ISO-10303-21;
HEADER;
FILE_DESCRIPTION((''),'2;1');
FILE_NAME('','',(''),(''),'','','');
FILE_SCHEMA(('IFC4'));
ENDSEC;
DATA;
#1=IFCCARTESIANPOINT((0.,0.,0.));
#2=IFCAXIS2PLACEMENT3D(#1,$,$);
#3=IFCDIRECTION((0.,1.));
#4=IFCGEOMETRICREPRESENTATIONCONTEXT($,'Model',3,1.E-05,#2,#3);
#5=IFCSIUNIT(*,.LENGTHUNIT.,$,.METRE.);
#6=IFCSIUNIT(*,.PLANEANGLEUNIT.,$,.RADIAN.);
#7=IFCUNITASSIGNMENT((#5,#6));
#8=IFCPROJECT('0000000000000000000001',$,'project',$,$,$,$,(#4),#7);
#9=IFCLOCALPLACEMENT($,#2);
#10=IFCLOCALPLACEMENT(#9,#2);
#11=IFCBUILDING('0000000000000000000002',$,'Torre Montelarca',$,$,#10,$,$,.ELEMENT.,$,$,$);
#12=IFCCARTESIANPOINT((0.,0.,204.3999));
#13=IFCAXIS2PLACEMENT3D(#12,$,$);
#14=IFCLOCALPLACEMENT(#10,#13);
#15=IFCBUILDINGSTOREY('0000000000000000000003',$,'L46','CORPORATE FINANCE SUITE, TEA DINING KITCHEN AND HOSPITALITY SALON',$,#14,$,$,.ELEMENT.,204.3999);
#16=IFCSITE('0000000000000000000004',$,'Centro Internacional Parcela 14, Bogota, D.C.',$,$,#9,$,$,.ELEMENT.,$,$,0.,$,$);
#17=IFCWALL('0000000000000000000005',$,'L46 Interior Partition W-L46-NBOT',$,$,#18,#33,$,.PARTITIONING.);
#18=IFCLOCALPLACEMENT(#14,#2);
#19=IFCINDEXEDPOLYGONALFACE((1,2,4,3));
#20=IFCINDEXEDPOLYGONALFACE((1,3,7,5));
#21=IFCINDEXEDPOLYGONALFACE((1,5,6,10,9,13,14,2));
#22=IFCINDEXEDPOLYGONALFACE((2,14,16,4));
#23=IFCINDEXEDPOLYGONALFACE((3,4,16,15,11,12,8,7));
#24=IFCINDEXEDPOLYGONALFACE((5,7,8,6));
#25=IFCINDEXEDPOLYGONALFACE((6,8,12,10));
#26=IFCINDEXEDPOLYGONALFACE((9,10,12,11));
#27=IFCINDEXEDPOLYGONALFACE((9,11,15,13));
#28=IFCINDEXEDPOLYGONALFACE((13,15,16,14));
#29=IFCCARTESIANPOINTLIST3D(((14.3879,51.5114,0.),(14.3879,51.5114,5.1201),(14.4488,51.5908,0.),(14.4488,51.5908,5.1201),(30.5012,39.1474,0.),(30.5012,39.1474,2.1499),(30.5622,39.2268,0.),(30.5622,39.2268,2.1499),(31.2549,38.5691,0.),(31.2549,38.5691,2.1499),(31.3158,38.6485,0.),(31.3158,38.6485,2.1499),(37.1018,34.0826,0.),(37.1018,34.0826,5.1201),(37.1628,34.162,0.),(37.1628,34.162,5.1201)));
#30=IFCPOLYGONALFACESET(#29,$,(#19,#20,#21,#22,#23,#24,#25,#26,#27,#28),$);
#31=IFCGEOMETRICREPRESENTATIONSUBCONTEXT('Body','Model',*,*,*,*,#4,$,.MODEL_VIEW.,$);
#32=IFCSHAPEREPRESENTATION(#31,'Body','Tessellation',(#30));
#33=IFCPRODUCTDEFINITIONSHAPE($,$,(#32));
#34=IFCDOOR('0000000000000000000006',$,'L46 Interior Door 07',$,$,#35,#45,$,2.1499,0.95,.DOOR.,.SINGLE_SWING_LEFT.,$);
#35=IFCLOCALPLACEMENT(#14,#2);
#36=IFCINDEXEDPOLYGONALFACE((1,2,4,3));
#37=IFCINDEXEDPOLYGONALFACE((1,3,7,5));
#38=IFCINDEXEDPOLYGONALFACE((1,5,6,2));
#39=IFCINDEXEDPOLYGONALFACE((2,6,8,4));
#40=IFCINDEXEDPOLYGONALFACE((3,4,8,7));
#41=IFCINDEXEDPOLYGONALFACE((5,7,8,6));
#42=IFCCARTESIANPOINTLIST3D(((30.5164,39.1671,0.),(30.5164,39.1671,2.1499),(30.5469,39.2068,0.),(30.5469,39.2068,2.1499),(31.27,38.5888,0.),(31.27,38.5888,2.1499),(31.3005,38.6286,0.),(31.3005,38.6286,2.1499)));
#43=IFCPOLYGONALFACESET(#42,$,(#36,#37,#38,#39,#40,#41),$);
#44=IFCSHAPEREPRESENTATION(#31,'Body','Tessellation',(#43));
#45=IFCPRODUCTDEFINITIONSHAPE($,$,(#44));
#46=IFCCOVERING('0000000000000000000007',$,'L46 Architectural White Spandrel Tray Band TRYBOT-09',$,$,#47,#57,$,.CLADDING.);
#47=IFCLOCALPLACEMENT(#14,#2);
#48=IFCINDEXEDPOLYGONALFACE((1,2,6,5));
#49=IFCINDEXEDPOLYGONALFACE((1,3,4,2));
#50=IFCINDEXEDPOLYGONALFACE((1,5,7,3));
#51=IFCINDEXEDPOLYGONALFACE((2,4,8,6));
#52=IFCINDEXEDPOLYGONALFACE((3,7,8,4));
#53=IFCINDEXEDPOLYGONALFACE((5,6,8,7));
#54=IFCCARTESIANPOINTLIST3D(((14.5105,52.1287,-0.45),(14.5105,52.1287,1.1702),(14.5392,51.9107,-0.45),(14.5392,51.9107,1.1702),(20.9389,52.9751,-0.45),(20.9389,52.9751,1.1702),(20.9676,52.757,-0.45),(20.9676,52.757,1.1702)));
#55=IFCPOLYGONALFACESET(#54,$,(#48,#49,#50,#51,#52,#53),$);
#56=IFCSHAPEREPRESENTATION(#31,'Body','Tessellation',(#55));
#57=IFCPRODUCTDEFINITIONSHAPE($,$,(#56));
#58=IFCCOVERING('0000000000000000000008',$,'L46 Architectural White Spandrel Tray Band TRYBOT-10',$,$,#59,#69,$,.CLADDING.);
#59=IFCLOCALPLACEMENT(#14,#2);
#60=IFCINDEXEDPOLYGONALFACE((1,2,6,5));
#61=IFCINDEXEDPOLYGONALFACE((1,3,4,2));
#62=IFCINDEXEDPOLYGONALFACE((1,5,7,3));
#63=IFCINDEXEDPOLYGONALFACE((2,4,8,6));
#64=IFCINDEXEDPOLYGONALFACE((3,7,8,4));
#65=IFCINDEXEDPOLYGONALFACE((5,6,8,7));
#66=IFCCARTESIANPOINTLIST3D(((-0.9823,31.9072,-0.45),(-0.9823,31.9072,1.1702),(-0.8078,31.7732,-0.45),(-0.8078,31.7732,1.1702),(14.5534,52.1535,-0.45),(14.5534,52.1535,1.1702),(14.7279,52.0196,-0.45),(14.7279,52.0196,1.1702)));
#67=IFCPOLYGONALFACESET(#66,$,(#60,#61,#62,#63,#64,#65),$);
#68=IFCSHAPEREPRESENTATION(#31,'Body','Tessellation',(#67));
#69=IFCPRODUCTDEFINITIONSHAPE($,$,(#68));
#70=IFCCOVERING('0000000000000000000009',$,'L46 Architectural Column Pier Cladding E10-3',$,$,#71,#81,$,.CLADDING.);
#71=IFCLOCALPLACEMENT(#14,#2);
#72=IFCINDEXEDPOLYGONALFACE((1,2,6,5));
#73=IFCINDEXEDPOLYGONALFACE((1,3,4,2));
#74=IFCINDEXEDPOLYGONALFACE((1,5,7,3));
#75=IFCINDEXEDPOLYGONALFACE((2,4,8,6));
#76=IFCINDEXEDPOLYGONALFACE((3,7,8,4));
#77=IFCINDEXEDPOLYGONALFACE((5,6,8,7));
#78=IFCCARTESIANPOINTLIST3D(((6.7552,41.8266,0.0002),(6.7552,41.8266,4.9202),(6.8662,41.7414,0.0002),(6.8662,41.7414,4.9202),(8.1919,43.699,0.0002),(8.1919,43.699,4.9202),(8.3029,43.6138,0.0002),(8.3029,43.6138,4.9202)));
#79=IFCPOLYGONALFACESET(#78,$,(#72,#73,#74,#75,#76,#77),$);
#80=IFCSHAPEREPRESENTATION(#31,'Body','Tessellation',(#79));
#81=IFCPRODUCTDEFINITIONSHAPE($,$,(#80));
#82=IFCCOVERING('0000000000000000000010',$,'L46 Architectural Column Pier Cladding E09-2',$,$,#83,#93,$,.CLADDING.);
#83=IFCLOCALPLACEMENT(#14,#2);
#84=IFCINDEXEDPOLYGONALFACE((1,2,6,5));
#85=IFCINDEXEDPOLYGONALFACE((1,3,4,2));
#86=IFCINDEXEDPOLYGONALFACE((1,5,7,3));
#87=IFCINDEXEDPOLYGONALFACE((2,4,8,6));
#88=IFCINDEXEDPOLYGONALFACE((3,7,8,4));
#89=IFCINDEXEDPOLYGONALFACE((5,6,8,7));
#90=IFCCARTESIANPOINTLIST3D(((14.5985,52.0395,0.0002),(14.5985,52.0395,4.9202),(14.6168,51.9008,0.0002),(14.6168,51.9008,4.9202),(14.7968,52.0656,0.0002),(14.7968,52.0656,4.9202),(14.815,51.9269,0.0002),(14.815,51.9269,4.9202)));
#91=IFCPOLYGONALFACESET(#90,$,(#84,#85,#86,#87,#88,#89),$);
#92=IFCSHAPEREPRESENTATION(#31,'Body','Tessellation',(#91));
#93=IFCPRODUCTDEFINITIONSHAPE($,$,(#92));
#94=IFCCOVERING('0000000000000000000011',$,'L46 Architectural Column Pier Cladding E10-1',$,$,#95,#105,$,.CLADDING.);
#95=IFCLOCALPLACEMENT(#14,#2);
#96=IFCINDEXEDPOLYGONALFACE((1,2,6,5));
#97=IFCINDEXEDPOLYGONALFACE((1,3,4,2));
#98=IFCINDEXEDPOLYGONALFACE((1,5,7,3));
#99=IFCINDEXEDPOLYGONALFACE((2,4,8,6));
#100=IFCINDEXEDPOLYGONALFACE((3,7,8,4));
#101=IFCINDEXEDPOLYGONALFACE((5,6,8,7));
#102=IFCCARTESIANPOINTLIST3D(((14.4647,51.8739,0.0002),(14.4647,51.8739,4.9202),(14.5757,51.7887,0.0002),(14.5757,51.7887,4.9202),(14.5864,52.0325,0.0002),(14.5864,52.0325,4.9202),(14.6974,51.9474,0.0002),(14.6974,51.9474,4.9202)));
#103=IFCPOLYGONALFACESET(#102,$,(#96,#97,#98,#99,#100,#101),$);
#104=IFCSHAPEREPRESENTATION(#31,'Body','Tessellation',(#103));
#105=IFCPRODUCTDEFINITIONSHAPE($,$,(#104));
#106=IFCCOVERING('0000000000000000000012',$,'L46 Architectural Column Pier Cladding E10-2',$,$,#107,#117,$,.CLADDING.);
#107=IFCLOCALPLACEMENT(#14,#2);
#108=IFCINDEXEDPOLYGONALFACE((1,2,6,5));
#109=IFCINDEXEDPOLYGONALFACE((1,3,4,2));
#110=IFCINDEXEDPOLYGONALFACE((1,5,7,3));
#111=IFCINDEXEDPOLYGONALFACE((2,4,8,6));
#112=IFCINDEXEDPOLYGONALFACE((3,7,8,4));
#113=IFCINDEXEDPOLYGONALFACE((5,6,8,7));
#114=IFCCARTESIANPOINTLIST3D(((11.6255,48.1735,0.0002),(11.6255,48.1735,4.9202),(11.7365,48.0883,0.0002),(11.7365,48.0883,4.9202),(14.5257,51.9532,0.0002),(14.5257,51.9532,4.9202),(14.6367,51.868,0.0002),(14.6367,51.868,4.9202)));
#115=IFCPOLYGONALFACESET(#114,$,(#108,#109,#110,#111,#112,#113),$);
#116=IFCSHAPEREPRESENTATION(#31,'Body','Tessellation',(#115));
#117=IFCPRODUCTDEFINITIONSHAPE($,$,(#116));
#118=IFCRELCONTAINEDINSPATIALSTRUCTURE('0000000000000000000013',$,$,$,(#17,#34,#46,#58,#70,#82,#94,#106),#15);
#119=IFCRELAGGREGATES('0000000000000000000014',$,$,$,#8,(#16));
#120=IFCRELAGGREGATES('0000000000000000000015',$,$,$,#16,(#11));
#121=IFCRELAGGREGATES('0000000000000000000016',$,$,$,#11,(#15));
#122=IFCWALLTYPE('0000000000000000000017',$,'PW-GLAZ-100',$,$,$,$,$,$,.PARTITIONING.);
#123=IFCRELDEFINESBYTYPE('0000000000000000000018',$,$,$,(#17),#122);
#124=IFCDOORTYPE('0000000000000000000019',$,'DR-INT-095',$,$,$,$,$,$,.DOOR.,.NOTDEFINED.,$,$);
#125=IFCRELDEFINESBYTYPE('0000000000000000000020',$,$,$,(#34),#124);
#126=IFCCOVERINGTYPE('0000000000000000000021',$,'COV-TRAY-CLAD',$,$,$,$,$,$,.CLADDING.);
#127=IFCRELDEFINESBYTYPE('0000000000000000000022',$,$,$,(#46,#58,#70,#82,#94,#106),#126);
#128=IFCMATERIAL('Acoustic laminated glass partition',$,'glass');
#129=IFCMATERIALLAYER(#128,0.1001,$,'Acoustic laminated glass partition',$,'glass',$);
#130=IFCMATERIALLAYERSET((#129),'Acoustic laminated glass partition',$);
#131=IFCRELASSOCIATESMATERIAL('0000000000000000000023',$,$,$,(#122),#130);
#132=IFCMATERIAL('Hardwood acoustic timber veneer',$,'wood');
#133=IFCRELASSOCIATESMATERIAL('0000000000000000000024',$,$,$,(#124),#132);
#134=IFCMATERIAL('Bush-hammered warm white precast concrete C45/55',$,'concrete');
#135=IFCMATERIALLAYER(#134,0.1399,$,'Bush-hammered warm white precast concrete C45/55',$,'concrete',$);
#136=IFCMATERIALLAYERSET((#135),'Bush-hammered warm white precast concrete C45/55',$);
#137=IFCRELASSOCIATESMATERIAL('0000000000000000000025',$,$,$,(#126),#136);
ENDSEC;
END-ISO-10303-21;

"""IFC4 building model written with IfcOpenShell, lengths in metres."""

from ifc_helpers import new_model, si_unit, direction, frame, frame_2d, origin, origin_2d, place, context, subcontext, project, spatial, rectangle, extrude, source, transform, mapped, material, layer, layer_set, type_object, element, fill, save


model = new_model("IFC4")

# Units and contexts
model_context = context("Model", 3, precision=1e-05, world=origin(), true_north=direction((0.0, 1.0)))
body_context = subcontext(model_context, "Body", "Model", "MODEL_VIEW")
ifc_project = project(units=[si_unit("LENGTHUNIT", "METRE"), si_unit("PLANEANGLEUNIT", "RADIAN")], contexts=[model_context])

# Site, building, storey
site_placement = place(None, origin())
site = spatial("IfcSite", under=ifc_project, at=site_placement, Name="Centro Internacional Parcela 14, Bogota, D.C.", CompositionType="ELEMENT", RefElevation=0.0)
building_placement = place(site_placement, origin())
building = spatial("IfcBuilding", under=site, at=building_placement, Name="Torre Montelarca", CompositionType="ELEMENT")
storey_placement = place(building_placement, frame((0.0, 0.0, 204.3999)))
storey = spatial("IfcBuildingStorey", under=building, at=storey_placement, Name="L46", Description="CORPORATE FINANCE SUITE, TEA DINING KITCHEN AND HOSPITALITY SALON", CompositionType="ELEMENT", Elevation=204.3999)

# Wall, opening, door
ifc_material_1 = material(Name="Acoustic laminated glass partition", Category="glass")
ifc_layer_1 = layer(ifc_material_1, 0.1001, Name="Acoustic laminated glass partition", Category="glass")
ifc_layer_set_1 = layer_set([ifc_layer_1], Name="Acoustic laminated glass partition")
wall_type_1 = type_object("IfcWallType", Name="PW-GLAZ-100", PredefinedType="PARTITIONING", material=ifc_layer_set_1)
wall_1_placement = place(storey_placement, frame((14.4185, 51.551, 0.0), z_axis=(0.0, 0.0, 1.0), x_axis=(0.793358, -0.608756, 0.0)))
wall_1 = element("IfcWall", 1, at=wall_1_placement, inside=storey, type_object=wall_type_1, Name="L46 Interior Partition W-L46-NBOT", PredefinedType="PARTITIONING", context=body_context, shape_type="SweptSolid", body=[
    extrude(rectangle(XDim=28.6301, YDim=0.1001, at=frame_2d((14.3149, 0.0))), origin(), (0.0, 0.0, 1.0), 5.1201),
])
opening_placement = place(wall_1_placement, frame((20.3101, 0.0, 0.0)))
opening = element("IfcOpeningElement", 2, at=opening_placement, cuts=wall_1, PredefinedType="OPENING", context=body_context, shape_type="SweptSolid", body=[
    extrude(rectangle(XDim=0.95, YDim=2.1499, at=frame_2d((0.4751, 1.075))), frame((0.0, 0.0601, 0.0), z_axis=(0.0, -1.0, 0.0), x_axis=(1.0, 0.0, 0.0)), (0.0, 0.0, 1.0), 0.1201),
])
ifc_material_2 = material(Name="Hardwood acoustic timber veneer", Category="wood")
door_type = type_object("IfcDoorType", Name="DR-INT-095", OperationType="NOTDEFINED", PredefinedType="DOOR", material=ifc_material_2)
shared_shape_1 = source(origin(), body_context, "Body", "SweptSolid", [
    extrude(rectangle(XDim=0.95, YDim=2.1499, at=frame_2d((0.4751, 1.075))), frame((0.0, 0.0249, 0.0), z_axis=(0.0, -1.0, 0.0), x_axis=(1.0, 0.0, 0.0)), (0.0, 0.0, 1.0), 0.05),
])
door_placement = place(opening_placement, origin())
door = element("IfcDoor", 3, at=door_placement, inside=storey, type_object=door_type, Name="L46 Interior Door 07", OperationType="SINGLE_SWING_LEFT", OverallHeight=2.1499, OverallWidth=0.95, PredefinedType="DOOR", context=body_context, shape_type="MappedRepresentation", body=[
    mapped(shared_shape_1, transform((0.0, 0.0, 0.0), scale=1.0)),
])
fill(opening, door)

# Coverings
ifc_material_3 = material(Name="Bush-hammered warm white precast concrete C45/55", Category="concrete")
ifc_layer_2 = layer(ifc_material_3, 0.1399, Name="Bush-hammered warm white precast concrete C45/55", Category="concrete")
ifc_layer_set_2 = layer_set([ifc_layer_2], Name="Bush-hammered warm white precast concrete C45/55")
covering_type = type_object("IfcCoveringType", Name="COV-TRAY-CLAD", PredefinedType="CLADDING", material=ifc_layer_set_2)
shared_shape_2 = source(origin(), body_context, "Body", "SweptSolid", [
    extrude(rectangle(XDim=6.4839, YDim=0.22, at=origin_2d()), origin(), (0.0, 0.0, 1.0), 1.6201),
])
covering_1_placement = place(storey_placement, frame((17.739, 52.4429, -0.45), z_axis=(0.0, 0.0, 1.0), x_axis=(-0.991444, -0.130531, 0.0)))
element("IfcCovering", 4, at=covering_1_placement, inside=storey, type_object=covering_type, Name="L46 Architectural White Spandrel Tray Band TRYBOT-09", PredefinedType="CLADDING", context=body_context, shape_type="MappedRepresentation", body=[
    mapped(shared_shape_2, transform((0.0, 0.0, 0.0), scale=1.0)),
])
shared_shape_3 = source(origin(), body_context, "Body", "SweptSolid", [
    extrude(rectangle(XDim=25.52, YDim=0.22, at=origin_2d()), origin(), (0.0, 0.0, 1.0), 1.6201),
])
covering_2_placement = place(storey_placement, frame((6.8728, 41.9634, -0.45), z_axis=(0.0, 0.0, 1.0), x_axis=(-0.608763, -0.793352, 0.0)))
element("IfcCovering", 5, at=covering_2_placement, inside=storey, type_object=covering_type, Name="L46 Architectural White Spandrel Tray Band TRYBOT-10", PredefinedType="CLADDING", context=body_context, shape_type="MappedRepresentation", body=[
    mapped(shared_shape_3, transform((0.0, 0.0, 0.0), scale=1.0)),
])
shared_shape_4 = source(origin(), body_context, "Body", "SweptSolid", [
    extrude(rectangle(XDim=2.3601, YDim=0.1399, at=origin_2d()), origin(), (0.0, 0.0, 1.0), 4.9199),
])
covering_3_placement = place(storey_placement, frame((7.5291, 42.7202, 0.0002), z_axis=(0.0, 0.0, 1.0), x_axis=(-0.608764, -0.793351, 0.0)))
element("IfcCovering", 6, at=covering_3_placement, inside=storey, type_object=covering_type, Name="L46 Architectural Column Pier Cladding E10-3", PredefinedType="CLADDING", context=body_context, shape_type="MappedRepresentation", body=[
    mapped(shared_shape_4, transform((0.0, 0.0, 0.0), scale=1.0)),
])
shared_shape_5 = source(origin(), body_context, "Body", "SweptSolid", [
    extrude(rectangle(XDim=0.2, YDim=0.1399, at=origin_2d()), origin(), (0.0, 0.0, 1.0), 4.9199),
])
for number, where, z_axis, x_axis, name in (
    (7, (14.7068, 51.9832, 0.0002), (0.0, 0.0, 1.0), (-0.991444, -0.130531, 0.0), "L46 Architectural Column Pier Cladding E09-2"),
    (8, (14.5811, 51.9106, 0.0002), (0.0, 0.0, 1.0), (-0.608764, -0.793351, 0.0), "L46 Architectural Column Pier Cladding E10-1"),
):
    element("IfcCovering", number, at=place(storey_placement, frame(where, z_axis=z_axis, x_axis=x_axis)), inside=storey, type_object=covering_type, Name=name, PredefinedType="CLADDING", context=body_context, shape_type="MappedRepresentation", body=[
        mapped(shared_shape_5, transform((0.0, 0.0, 0.0), scale=1.0)),
    ])
shared_shape_6 = source(origin(), body_context, "Body", "SweptSolid", [
    extrude(rectangle(XDim=4.7642, YDim=0.1399, at=origin_2d()), origin(), (0.0, 0.0, 1.0), 4.9199),
])
covering_4_placement = place(storey_placement, frame((13.1311, 50.0208, 0.0002), z_axis=(0.0, 0.0, 1.0), x_axis=(-0.608764, -0.793351, 0.0)))
element("IfcCovering", 9, at=covering_4_placement, inside=storey, type_object=covering_type, Name="L46 Architectural Column Pier Cladding E10-2", PredefinedType="CLADDING", context=body_context, shape_type="MappedRepresentation", body=[
    mapped(shared_shape_6, transform((0.0, 0.0, 0.0), scale=1.0)),
])

save(model, "model.ifc")
